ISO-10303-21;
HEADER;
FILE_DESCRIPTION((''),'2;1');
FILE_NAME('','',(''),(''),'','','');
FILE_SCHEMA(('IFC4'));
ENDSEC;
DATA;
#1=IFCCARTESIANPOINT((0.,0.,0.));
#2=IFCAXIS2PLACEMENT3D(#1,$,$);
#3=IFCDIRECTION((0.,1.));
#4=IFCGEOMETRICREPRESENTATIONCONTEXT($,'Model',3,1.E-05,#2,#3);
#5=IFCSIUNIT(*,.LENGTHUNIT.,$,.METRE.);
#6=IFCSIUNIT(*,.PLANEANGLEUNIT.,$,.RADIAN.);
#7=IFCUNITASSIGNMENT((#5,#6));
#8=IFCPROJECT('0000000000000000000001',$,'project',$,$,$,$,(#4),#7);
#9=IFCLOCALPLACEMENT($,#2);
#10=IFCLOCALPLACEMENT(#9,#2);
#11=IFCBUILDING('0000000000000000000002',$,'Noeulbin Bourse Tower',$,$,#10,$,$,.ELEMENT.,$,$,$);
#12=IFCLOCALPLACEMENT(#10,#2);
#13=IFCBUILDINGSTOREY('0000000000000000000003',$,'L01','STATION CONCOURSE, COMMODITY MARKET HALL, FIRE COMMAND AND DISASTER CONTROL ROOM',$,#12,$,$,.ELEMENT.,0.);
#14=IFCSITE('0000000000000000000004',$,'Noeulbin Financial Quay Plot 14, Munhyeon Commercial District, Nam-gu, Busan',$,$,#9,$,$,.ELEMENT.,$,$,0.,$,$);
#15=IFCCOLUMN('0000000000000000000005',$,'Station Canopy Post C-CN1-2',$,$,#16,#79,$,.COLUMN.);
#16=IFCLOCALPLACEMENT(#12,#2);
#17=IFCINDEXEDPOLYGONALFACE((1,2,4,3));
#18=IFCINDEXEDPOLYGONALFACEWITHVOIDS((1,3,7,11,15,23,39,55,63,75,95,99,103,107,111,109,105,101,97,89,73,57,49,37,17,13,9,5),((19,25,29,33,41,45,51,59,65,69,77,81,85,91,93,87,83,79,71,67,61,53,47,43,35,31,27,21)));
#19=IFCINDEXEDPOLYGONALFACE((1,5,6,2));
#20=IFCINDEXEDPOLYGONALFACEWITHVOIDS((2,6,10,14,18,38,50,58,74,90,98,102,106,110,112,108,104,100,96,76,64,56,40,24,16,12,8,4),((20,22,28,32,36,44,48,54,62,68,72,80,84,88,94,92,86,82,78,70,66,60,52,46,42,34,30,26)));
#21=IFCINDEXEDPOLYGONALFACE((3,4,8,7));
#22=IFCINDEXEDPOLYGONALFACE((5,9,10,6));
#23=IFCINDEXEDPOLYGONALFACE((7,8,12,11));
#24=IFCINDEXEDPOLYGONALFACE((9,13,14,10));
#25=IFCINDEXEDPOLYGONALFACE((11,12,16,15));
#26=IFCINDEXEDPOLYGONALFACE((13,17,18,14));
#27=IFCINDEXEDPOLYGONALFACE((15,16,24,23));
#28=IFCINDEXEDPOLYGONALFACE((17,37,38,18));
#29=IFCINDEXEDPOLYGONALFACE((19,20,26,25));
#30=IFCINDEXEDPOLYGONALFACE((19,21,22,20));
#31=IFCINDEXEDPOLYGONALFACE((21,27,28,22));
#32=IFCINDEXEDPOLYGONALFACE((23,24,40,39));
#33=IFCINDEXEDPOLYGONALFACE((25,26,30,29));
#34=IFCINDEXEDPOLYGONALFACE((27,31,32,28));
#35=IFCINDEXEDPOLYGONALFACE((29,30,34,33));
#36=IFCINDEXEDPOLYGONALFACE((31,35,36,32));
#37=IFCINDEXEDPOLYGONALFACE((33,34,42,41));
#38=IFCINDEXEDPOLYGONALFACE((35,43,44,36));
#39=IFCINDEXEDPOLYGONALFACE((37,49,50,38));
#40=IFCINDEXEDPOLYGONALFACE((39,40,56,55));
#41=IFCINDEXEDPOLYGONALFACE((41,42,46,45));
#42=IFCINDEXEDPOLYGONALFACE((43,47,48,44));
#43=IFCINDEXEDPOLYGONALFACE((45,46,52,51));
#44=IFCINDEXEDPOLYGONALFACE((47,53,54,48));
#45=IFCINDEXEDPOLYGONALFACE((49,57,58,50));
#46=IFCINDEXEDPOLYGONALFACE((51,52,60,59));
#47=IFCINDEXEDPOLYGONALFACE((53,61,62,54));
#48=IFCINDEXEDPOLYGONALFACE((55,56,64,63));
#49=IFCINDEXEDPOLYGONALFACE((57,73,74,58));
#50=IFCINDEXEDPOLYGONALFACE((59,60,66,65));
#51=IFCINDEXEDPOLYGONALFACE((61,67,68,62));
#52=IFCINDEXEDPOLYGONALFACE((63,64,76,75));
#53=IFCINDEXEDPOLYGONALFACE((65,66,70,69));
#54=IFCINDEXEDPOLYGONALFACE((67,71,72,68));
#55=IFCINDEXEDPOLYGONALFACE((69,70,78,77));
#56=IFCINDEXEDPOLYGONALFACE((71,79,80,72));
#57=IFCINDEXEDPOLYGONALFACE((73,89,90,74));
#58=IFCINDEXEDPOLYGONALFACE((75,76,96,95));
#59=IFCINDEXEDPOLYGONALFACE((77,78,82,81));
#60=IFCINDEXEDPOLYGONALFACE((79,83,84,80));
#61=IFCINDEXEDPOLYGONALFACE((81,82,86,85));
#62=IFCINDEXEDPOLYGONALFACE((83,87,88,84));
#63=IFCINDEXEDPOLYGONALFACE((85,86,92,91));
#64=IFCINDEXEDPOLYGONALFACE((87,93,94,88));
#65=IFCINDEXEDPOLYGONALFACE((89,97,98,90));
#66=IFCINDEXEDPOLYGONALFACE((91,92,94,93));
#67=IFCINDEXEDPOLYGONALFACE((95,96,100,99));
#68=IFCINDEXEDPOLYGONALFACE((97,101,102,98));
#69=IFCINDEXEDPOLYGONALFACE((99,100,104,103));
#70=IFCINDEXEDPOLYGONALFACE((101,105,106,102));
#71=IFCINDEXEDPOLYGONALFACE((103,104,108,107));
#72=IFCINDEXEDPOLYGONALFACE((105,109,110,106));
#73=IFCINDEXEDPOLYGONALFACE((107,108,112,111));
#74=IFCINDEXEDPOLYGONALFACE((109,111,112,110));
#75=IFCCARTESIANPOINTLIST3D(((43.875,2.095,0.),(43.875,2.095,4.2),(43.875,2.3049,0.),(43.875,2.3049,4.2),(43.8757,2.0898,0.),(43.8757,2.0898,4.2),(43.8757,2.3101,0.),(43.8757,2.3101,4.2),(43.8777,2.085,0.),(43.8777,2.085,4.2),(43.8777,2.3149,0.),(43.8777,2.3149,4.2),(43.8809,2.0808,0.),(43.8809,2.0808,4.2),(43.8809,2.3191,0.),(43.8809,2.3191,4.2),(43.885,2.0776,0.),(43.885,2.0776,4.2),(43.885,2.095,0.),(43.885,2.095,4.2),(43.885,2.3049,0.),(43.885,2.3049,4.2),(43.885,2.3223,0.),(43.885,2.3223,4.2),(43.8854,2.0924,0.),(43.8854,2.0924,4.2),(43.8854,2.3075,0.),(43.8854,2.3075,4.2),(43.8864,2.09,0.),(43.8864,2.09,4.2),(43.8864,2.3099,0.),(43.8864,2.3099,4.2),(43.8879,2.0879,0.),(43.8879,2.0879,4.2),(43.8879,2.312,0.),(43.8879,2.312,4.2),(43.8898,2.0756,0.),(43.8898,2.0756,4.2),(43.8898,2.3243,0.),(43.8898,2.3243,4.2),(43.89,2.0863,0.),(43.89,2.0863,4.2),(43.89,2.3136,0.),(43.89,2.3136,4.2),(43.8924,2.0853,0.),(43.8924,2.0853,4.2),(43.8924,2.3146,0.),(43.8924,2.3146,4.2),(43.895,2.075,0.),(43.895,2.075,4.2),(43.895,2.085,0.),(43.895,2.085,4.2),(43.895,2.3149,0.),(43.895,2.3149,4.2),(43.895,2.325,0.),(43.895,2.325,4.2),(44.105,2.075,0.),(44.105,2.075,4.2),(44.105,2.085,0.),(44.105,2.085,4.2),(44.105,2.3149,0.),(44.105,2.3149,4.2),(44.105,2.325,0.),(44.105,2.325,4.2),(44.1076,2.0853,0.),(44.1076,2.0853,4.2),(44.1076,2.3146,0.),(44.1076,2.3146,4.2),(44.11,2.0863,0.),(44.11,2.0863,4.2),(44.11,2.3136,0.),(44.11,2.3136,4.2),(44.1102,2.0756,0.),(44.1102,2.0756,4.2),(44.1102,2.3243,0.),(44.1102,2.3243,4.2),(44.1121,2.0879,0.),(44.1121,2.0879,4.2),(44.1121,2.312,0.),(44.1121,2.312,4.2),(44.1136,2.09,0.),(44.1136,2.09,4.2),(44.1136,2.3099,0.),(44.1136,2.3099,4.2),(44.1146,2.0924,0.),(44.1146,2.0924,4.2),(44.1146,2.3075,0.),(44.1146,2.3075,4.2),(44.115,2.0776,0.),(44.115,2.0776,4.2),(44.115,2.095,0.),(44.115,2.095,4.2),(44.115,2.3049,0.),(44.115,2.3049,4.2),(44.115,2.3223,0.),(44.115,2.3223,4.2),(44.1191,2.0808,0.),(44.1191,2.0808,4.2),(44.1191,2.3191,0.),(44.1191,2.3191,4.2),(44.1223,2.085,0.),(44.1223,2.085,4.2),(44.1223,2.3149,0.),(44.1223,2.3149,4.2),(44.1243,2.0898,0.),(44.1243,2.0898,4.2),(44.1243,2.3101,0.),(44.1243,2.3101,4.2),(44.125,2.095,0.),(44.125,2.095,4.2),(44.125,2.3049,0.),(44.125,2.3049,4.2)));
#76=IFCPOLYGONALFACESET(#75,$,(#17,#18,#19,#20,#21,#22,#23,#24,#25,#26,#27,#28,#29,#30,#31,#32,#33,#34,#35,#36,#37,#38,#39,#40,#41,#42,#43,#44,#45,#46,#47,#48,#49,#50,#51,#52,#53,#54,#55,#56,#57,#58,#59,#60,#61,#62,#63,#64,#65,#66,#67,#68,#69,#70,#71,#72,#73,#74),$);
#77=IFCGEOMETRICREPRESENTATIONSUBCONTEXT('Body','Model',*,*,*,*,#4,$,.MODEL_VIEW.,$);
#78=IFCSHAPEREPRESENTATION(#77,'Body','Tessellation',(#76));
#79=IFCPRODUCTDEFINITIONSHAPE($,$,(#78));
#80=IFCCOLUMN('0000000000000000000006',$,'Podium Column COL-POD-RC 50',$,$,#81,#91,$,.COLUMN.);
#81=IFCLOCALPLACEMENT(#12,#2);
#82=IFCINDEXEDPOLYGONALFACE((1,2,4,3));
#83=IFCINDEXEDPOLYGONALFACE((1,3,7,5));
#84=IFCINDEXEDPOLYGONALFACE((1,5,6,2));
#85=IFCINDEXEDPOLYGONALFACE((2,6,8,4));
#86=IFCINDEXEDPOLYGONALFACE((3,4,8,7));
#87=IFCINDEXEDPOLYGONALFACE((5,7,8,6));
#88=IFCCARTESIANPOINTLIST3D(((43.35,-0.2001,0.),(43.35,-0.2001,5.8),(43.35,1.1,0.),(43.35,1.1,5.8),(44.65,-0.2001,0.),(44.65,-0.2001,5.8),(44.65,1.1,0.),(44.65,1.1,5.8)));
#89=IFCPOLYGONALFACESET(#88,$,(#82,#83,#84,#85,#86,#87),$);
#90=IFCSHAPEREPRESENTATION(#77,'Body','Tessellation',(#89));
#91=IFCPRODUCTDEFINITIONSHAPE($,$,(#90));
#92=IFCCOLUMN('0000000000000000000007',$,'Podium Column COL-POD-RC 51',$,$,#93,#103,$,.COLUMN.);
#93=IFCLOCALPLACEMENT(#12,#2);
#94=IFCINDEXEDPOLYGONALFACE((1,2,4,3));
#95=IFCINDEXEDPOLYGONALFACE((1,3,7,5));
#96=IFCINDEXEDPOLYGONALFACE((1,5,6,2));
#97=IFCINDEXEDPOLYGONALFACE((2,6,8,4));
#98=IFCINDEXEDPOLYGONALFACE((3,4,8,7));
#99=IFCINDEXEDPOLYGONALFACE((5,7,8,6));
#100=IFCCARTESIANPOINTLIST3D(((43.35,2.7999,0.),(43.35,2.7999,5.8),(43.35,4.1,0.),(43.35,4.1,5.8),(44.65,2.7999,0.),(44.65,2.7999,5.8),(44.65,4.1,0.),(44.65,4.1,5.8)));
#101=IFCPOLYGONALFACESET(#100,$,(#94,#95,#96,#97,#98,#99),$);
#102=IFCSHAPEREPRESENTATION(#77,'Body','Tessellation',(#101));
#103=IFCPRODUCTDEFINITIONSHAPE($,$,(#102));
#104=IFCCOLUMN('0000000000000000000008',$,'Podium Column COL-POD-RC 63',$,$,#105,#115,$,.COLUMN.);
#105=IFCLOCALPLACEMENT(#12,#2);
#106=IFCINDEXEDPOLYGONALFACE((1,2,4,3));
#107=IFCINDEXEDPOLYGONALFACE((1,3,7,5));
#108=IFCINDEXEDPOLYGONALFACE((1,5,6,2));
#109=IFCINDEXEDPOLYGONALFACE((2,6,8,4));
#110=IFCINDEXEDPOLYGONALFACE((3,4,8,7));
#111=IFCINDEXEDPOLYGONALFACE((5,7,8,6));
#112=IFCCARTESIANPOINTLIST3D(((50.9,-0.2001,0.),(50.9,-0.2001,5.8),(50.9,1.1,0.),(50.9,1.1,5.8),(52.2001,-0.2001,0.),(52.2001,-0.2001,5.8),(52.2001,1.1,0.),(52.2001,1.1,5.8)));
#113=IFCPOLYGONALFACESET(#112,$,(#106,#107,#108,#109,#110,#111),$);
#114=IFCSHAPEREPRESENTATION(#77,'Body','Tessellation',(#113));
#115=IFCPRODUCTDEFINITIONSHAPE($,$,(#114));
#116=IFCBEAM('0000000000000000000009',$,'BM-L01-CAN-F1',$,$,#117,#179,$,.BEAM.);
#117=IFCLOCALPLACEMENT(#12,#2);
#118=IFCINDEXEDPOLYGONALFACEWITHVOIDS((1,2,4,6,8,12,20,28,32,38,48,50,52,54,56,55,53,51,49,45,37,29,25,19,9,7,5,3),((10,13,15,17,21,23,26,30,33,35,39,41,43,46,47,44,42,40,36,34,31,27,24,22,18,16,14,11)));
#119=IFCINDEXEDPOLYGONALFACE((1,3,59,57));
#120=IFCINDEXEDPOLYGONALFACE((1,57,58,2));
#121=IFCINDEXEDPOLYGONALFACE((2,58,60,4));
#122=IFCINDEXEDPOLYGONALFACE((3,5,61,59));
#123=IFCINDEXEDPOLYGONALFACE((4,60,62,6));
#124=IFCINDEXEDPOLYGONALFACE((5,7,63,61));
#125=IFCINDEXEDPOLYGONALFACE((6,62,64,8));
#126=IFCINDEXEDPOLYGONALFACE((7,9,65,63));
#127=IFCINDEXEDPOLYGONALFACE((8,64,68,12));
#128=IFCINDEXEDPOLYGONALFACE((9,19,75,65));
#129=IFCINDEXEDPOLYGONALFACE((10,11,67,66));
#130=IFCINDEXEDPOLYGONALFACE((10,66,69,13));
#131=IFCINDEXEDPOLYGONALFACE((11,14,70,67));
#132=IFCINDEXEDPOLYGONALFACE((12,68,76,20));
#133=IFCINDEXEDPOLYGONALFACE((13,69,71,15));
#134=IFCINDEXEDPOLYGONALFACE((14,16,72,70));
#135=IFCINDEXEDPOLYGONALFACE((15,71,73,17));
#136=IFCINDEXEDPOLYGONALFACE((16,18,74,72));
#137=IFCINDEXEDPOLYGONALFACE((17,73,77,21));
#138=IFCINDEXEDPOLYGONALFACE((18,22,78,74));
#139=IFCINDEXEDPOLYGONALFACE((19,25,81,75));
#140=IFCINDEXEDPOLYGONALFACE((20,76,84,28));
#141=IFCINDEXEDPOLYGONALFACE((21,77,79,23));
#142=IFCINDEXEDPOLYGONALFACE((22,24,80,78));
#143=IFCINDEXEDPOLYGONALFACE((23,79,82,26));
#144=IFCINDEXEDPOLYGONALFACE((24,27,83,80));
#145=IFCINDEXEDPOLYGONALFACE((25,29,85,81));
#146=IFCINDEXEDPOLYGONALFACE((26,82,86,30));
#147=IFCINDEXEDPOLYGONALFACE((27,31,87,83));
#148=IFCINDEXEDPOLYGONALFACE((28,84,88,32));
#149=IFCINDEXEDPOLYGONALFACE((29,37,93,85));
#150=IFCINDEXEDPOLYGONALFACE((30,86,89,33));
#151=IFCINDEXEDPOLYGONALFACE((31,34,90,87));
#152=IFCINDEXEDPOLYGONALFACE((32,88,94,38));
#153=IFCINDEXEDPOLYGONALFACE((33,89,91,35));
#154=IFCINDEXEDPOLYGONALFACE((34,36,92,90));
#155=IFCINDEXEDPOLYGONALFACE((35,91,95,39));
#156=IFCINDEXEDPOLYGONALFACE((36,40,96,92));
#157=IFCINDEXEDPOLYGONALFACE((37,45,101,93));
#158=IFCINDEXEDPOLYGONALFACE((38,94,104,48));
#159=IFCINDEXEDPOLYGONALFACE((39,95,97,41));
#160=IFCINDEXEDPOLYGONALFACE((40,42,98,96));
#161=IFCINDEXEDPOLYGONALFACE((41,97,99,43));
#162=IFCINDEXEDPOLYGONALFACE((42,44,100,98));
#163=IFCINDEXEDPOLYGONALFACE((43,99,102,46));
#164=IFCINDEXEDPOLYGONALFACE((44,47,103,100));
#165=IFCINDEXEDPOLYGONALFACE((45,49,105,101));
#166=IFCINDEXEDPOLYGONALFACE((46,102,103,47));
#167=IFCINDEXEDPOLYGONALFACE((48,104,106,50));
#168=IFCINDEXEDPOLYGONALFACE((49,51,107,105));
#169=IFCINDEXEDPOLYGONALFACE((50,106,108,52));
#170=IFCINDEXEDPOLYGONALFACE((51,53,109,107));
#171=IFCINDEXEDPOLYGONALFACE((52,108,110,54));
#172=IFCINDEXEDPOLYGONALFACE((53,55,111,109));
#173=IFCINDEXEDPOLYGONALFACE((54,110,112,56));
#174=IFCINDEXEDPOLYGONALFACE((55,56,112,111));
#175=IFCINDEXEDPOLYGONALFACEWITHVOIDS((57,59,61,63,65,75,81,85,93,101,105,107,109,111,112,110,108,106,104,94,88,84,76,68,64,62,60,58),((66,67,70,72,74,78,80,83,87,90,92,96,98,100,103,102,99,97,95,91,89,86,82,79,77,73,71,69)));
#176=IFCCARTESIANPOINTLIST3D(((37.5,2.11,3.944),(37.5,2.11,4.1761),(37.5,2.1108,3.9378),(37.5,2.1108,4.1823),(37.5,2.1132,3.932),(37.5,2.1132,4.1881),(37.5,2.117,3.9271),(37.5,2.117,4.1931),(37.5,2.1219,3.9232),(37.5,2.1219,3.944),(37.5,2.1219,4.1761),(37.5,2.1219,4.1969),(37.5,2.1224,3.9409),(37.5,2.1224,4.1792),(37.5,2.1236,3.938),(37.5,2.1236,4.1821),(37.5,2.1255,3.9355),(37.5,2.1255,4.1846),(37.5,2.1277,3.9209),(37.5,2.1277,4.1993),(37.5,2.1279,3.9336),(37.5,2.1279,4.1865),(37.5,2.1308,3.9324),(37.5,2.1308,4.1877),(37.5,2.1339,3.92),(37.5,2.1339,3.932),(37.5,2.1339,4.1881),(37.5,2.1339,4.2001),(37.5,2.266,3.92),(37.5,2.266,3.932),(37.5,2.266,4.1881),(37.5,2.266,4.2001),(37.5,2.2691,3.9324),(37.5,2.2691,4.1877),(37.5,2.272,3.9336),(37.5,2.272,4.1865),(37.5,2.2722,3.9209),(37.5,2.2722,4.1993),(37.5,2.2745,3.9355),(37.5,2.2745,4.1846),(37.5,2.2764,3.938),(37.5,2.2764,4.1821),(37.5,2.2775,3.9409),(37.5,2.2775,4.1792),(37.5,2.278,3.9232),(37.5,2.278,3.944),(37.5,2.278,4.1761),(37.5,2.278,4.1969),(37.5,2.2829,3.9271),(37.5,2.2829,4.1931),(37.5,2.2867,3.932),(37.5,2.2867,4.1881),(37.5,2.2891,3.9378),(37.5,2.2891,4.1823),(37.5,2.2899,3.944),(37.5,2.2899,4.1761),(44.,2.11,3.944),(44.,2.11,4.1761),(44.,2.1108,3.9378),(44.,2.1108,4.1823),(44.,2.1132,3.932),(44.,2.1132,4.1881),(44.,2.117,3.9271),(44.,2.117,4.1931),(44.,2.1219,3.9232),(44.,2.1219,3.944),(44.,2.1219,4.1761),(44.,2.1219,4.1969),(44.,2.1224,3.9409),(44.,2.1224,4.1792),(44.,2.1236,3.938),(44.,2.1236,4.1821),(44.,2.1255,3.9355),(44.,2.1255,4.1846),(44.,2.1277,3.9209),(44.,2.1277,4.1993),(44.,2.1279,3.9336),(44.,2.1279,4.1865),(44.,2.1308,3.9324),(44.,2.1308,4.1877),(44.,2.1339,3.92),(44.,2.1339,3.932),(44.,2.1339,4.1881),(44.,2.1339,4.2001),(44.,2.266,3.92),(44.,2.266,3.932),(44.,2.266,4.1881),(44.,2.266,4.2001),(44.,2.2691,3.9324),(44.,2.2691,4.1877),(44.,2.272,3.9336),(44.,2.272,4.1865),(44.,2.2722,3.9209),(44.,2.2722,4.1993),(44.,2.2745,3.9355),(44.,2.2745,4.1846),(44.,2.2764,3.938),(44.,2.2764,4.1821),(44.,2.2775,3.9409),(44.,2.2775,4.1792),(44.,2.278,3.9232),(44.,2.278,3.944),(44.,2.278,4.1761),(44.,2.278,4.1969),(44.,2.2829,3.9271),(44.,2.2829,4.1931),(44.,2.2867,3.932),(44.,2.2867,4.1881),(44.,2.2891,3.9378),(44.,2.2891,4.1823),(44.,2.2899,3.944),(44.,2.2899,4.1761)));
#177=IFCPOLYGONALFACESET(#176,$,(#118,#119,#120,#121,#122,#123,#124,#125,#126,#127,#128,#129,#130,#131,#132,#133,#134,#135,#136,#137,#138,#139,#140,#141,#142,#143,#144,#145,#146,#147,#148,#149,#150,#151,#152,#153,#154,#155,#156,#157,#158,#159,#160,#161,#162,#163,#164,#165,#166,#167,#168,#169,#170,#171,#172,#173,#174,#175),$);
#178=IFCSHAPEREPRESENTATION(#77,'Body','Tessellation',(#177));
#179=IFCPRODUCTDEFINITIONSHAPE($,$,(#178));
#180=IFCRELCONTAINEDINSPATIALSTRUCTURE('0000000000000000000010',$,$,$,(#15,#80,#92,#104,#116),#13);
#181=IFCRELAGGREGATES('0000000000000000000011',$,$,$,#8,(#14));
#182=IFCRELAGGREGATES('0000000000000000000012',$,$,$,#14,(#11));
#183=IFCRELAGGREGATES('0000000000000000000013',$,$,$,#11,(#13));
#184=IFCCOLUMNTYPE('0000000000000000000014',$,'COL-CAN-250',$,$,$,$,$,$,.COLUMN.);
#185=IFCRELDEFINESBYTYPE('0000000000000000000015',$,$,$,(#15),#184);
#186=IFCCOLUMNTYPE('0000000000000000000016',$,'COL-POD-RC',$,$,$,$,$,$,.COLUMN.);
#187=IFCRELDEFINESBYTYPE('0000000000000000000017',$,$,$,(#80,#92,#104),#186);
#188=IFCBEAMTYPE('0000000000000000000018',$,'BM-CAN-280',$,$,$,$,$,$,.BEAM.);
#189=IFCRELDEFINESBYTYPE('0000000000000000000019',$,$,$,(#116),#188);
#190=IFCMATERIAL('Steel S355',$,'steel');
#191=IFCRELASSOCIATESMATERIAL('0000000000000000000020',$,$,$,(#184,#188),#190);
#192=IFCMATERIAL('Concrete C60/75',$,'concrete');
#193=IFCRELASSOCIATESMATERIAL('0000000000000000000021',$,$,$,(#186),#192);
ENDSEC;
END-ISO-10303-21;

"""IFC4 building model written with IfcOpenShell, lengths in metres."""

from ifc_helpers import new_model, si_unit, direction, frame, origin, origin_2d, place, context, subcontext, project, spatial, rectangle, hollow_rectangle, extrude, material, material_profile, profile_set, type_object, element, save


model = new_model("IFC4")

# Units and contexts
model_context = context("Model", 3, precision=1e-05, world=origin(), true_north=direction((0.0, 1.0)))
body_context = subcontext(model_context, "Body", "Model", "MODEL_VIEW")
ifc_project = project(units=[si_unit("LENGTHUNIT", "METRE"), si_unit("PLANEANGLEUNIT", "RADIAN")], contexts=[model_context])

# Site, building, storey
site_placement = place(None, origin())
site = spatial("IfcSite", under=ifc_project, at=site_placement, Name="Noeulbin Financial Quay Plot 14, Munhyeon Commercial District, Nam-gu, Busan", CompositionType="ELEMENT", RefElevation=0.0)
building_placement = place(site_placement, origin())
building = spatial("IfcBuilding", under=site, at=building_placement, Name="Noeulbin Bourse Tower", CompositionType="ELEMENT")
storey_placement = place(building_placement, origin())
storey = spatial("IfcBuildingStorey", under=building, at=storey_placement, Name="L01", Description="STATION CONCOURSE, COMMODITY MARKET HALL, FIRE COMMAND AND DISASTER CONTROL ROOM", CompositionType="ELEMENT", Elevation=0.0)

# Columns
ifc_material_1 = material(Name="Steel S355", Category="steel")
ifc_material_profile_1 = material_profile(ifc_material_1, hollow_rectangle(XDim=0.25, YDim=0.25, WallThickness=0.01, InnerFilletRadius=0.01, OuterFilletRadius=0.02, at=origin_2d()), Name="SHS-250x250x10", Category="LoadBearing")
ifc_profile_set_1 = profile_set([ifc_material_profile_1], Name="Steel S355")
column_type_1 = type_object("IfcColumnType", Name="COL-CAN-250", PredefinedType="COLUMN", material=ifc_profile_set_1)
column_placement = place(storey_placement, frame((44.0, 2.2, 0.0), z_axis=(0.0, 0.0, 1.0), x_axis=(1.0, 0.0, 0.0)))
element("IfcColumn", 1, at=column_placement, inside=storey, type_object=column_type_1, Name="Station Canopy Post C-CN1-2", PredefinedType="COLUMN", context=body_context, shape_type="SweptSolid", body=[
    extrude(hollow_rectangle(XDim=0.25, YDim=0.25, WallThickness=0.01, InnerFilletRadius=0.01, OuterFilletRadius=0.02, at=origin_2d()), origin(), (0.0, 0.0, 1.0), 4.2),
])
ifc_material_2 = material(Name="Concrete C60/75", Category="concrete")
ifc_material_profile_2 = material_profile(ifc_material_2, rectangle(XDim=1.3, YDim=1.3, at=origin_2d()), Name="RC-COL-1300x1300", Category="LoadBearing")
ifc_profile_set_2 = profile_set([ifc_material_profile_2], Name="Concrete C60/75")
column_type_2 = type_object("IfcColumnType", Name="COL-POD-RC", PredefinedType="COLUMN", material=ifc_profile_set_2)
for number, where, z_axis, x_axis, name in (
    (2, (44.0, 0.45, 0.0), (0.0, 0.0, 1.0), (1.0, 0.0, 0.0), "Podium Column COL-POD-RC 50"),
    (3, (44.0, 3.45, 0.0), (0.0, 0.0, 1.0), (1.0, 0.0, 0.0), "Podium Column COL-POD-RC 51"),
    (4, (51.55, 0.45, 0.0), (0.0, 0.0, 1.0), (1.0, 0.0, 0.0), "Podium Column COL-POD-RC 63"),
):
    element("IfcColumn", number, at=place(storey_placement, frame(where, z_axis=z_axis, x_axis=x_axis)), inside=storey, type_object=column_type_2, Name=name, PredefinedType="COLUMN", context=body_context, shape_type="SweptSolid", body=[
        extrude(rectangle(XDim=1.3, YDim=1.3, at=origin_2d()), origin(), (0.0, 0.0, 1.0), 5.8),
    ])

# Beam
ifc_material_profile_3 = material_profile(ifc_material_1, hollow_rectangle(XDim=0.1799, YDim=0.28, WallThickness=0.012, InnerFilletRadius=0.012, OuterFilletRadius=0.0239, at=origin_2d()), Name="RHS-280x180x12", Category="LoadBearing")
ifc_profile_set_3 = profile_set([ifc_material_profile_3], Name="Steel S355")
beam_type_1 = type_object("IfcBeamType", Name="BM-CAN-280", PredefinedType="BEAM", material=ifc_profile_set_3)
beam_1_placement = place(storey_placement, frame((37.5, 2.2, 4.0601), z_axis=(1.0, 0.0, 0.0), x_axis=(0.0, 1.0, 0.0)))
element("IfcBeam", 5, at=beam_1_placement, inside=storey, type_object=beam_type_1, Name="BM-L01-CAN-F1", PredefinedType="BEAM", context=body_context, shape_type="SweptSolid", body=[
    extrude(hollow_rectangle(XDim=0.1799, YDim=0.28, WallThickness=0.012, InnerFilletRadius=0.012, OuterFilletRadius=0.0239, at=origin_2d()), origin(), (0.0, 0.0, 1.0), 6.5),
])

save(model, "model.ifc")
